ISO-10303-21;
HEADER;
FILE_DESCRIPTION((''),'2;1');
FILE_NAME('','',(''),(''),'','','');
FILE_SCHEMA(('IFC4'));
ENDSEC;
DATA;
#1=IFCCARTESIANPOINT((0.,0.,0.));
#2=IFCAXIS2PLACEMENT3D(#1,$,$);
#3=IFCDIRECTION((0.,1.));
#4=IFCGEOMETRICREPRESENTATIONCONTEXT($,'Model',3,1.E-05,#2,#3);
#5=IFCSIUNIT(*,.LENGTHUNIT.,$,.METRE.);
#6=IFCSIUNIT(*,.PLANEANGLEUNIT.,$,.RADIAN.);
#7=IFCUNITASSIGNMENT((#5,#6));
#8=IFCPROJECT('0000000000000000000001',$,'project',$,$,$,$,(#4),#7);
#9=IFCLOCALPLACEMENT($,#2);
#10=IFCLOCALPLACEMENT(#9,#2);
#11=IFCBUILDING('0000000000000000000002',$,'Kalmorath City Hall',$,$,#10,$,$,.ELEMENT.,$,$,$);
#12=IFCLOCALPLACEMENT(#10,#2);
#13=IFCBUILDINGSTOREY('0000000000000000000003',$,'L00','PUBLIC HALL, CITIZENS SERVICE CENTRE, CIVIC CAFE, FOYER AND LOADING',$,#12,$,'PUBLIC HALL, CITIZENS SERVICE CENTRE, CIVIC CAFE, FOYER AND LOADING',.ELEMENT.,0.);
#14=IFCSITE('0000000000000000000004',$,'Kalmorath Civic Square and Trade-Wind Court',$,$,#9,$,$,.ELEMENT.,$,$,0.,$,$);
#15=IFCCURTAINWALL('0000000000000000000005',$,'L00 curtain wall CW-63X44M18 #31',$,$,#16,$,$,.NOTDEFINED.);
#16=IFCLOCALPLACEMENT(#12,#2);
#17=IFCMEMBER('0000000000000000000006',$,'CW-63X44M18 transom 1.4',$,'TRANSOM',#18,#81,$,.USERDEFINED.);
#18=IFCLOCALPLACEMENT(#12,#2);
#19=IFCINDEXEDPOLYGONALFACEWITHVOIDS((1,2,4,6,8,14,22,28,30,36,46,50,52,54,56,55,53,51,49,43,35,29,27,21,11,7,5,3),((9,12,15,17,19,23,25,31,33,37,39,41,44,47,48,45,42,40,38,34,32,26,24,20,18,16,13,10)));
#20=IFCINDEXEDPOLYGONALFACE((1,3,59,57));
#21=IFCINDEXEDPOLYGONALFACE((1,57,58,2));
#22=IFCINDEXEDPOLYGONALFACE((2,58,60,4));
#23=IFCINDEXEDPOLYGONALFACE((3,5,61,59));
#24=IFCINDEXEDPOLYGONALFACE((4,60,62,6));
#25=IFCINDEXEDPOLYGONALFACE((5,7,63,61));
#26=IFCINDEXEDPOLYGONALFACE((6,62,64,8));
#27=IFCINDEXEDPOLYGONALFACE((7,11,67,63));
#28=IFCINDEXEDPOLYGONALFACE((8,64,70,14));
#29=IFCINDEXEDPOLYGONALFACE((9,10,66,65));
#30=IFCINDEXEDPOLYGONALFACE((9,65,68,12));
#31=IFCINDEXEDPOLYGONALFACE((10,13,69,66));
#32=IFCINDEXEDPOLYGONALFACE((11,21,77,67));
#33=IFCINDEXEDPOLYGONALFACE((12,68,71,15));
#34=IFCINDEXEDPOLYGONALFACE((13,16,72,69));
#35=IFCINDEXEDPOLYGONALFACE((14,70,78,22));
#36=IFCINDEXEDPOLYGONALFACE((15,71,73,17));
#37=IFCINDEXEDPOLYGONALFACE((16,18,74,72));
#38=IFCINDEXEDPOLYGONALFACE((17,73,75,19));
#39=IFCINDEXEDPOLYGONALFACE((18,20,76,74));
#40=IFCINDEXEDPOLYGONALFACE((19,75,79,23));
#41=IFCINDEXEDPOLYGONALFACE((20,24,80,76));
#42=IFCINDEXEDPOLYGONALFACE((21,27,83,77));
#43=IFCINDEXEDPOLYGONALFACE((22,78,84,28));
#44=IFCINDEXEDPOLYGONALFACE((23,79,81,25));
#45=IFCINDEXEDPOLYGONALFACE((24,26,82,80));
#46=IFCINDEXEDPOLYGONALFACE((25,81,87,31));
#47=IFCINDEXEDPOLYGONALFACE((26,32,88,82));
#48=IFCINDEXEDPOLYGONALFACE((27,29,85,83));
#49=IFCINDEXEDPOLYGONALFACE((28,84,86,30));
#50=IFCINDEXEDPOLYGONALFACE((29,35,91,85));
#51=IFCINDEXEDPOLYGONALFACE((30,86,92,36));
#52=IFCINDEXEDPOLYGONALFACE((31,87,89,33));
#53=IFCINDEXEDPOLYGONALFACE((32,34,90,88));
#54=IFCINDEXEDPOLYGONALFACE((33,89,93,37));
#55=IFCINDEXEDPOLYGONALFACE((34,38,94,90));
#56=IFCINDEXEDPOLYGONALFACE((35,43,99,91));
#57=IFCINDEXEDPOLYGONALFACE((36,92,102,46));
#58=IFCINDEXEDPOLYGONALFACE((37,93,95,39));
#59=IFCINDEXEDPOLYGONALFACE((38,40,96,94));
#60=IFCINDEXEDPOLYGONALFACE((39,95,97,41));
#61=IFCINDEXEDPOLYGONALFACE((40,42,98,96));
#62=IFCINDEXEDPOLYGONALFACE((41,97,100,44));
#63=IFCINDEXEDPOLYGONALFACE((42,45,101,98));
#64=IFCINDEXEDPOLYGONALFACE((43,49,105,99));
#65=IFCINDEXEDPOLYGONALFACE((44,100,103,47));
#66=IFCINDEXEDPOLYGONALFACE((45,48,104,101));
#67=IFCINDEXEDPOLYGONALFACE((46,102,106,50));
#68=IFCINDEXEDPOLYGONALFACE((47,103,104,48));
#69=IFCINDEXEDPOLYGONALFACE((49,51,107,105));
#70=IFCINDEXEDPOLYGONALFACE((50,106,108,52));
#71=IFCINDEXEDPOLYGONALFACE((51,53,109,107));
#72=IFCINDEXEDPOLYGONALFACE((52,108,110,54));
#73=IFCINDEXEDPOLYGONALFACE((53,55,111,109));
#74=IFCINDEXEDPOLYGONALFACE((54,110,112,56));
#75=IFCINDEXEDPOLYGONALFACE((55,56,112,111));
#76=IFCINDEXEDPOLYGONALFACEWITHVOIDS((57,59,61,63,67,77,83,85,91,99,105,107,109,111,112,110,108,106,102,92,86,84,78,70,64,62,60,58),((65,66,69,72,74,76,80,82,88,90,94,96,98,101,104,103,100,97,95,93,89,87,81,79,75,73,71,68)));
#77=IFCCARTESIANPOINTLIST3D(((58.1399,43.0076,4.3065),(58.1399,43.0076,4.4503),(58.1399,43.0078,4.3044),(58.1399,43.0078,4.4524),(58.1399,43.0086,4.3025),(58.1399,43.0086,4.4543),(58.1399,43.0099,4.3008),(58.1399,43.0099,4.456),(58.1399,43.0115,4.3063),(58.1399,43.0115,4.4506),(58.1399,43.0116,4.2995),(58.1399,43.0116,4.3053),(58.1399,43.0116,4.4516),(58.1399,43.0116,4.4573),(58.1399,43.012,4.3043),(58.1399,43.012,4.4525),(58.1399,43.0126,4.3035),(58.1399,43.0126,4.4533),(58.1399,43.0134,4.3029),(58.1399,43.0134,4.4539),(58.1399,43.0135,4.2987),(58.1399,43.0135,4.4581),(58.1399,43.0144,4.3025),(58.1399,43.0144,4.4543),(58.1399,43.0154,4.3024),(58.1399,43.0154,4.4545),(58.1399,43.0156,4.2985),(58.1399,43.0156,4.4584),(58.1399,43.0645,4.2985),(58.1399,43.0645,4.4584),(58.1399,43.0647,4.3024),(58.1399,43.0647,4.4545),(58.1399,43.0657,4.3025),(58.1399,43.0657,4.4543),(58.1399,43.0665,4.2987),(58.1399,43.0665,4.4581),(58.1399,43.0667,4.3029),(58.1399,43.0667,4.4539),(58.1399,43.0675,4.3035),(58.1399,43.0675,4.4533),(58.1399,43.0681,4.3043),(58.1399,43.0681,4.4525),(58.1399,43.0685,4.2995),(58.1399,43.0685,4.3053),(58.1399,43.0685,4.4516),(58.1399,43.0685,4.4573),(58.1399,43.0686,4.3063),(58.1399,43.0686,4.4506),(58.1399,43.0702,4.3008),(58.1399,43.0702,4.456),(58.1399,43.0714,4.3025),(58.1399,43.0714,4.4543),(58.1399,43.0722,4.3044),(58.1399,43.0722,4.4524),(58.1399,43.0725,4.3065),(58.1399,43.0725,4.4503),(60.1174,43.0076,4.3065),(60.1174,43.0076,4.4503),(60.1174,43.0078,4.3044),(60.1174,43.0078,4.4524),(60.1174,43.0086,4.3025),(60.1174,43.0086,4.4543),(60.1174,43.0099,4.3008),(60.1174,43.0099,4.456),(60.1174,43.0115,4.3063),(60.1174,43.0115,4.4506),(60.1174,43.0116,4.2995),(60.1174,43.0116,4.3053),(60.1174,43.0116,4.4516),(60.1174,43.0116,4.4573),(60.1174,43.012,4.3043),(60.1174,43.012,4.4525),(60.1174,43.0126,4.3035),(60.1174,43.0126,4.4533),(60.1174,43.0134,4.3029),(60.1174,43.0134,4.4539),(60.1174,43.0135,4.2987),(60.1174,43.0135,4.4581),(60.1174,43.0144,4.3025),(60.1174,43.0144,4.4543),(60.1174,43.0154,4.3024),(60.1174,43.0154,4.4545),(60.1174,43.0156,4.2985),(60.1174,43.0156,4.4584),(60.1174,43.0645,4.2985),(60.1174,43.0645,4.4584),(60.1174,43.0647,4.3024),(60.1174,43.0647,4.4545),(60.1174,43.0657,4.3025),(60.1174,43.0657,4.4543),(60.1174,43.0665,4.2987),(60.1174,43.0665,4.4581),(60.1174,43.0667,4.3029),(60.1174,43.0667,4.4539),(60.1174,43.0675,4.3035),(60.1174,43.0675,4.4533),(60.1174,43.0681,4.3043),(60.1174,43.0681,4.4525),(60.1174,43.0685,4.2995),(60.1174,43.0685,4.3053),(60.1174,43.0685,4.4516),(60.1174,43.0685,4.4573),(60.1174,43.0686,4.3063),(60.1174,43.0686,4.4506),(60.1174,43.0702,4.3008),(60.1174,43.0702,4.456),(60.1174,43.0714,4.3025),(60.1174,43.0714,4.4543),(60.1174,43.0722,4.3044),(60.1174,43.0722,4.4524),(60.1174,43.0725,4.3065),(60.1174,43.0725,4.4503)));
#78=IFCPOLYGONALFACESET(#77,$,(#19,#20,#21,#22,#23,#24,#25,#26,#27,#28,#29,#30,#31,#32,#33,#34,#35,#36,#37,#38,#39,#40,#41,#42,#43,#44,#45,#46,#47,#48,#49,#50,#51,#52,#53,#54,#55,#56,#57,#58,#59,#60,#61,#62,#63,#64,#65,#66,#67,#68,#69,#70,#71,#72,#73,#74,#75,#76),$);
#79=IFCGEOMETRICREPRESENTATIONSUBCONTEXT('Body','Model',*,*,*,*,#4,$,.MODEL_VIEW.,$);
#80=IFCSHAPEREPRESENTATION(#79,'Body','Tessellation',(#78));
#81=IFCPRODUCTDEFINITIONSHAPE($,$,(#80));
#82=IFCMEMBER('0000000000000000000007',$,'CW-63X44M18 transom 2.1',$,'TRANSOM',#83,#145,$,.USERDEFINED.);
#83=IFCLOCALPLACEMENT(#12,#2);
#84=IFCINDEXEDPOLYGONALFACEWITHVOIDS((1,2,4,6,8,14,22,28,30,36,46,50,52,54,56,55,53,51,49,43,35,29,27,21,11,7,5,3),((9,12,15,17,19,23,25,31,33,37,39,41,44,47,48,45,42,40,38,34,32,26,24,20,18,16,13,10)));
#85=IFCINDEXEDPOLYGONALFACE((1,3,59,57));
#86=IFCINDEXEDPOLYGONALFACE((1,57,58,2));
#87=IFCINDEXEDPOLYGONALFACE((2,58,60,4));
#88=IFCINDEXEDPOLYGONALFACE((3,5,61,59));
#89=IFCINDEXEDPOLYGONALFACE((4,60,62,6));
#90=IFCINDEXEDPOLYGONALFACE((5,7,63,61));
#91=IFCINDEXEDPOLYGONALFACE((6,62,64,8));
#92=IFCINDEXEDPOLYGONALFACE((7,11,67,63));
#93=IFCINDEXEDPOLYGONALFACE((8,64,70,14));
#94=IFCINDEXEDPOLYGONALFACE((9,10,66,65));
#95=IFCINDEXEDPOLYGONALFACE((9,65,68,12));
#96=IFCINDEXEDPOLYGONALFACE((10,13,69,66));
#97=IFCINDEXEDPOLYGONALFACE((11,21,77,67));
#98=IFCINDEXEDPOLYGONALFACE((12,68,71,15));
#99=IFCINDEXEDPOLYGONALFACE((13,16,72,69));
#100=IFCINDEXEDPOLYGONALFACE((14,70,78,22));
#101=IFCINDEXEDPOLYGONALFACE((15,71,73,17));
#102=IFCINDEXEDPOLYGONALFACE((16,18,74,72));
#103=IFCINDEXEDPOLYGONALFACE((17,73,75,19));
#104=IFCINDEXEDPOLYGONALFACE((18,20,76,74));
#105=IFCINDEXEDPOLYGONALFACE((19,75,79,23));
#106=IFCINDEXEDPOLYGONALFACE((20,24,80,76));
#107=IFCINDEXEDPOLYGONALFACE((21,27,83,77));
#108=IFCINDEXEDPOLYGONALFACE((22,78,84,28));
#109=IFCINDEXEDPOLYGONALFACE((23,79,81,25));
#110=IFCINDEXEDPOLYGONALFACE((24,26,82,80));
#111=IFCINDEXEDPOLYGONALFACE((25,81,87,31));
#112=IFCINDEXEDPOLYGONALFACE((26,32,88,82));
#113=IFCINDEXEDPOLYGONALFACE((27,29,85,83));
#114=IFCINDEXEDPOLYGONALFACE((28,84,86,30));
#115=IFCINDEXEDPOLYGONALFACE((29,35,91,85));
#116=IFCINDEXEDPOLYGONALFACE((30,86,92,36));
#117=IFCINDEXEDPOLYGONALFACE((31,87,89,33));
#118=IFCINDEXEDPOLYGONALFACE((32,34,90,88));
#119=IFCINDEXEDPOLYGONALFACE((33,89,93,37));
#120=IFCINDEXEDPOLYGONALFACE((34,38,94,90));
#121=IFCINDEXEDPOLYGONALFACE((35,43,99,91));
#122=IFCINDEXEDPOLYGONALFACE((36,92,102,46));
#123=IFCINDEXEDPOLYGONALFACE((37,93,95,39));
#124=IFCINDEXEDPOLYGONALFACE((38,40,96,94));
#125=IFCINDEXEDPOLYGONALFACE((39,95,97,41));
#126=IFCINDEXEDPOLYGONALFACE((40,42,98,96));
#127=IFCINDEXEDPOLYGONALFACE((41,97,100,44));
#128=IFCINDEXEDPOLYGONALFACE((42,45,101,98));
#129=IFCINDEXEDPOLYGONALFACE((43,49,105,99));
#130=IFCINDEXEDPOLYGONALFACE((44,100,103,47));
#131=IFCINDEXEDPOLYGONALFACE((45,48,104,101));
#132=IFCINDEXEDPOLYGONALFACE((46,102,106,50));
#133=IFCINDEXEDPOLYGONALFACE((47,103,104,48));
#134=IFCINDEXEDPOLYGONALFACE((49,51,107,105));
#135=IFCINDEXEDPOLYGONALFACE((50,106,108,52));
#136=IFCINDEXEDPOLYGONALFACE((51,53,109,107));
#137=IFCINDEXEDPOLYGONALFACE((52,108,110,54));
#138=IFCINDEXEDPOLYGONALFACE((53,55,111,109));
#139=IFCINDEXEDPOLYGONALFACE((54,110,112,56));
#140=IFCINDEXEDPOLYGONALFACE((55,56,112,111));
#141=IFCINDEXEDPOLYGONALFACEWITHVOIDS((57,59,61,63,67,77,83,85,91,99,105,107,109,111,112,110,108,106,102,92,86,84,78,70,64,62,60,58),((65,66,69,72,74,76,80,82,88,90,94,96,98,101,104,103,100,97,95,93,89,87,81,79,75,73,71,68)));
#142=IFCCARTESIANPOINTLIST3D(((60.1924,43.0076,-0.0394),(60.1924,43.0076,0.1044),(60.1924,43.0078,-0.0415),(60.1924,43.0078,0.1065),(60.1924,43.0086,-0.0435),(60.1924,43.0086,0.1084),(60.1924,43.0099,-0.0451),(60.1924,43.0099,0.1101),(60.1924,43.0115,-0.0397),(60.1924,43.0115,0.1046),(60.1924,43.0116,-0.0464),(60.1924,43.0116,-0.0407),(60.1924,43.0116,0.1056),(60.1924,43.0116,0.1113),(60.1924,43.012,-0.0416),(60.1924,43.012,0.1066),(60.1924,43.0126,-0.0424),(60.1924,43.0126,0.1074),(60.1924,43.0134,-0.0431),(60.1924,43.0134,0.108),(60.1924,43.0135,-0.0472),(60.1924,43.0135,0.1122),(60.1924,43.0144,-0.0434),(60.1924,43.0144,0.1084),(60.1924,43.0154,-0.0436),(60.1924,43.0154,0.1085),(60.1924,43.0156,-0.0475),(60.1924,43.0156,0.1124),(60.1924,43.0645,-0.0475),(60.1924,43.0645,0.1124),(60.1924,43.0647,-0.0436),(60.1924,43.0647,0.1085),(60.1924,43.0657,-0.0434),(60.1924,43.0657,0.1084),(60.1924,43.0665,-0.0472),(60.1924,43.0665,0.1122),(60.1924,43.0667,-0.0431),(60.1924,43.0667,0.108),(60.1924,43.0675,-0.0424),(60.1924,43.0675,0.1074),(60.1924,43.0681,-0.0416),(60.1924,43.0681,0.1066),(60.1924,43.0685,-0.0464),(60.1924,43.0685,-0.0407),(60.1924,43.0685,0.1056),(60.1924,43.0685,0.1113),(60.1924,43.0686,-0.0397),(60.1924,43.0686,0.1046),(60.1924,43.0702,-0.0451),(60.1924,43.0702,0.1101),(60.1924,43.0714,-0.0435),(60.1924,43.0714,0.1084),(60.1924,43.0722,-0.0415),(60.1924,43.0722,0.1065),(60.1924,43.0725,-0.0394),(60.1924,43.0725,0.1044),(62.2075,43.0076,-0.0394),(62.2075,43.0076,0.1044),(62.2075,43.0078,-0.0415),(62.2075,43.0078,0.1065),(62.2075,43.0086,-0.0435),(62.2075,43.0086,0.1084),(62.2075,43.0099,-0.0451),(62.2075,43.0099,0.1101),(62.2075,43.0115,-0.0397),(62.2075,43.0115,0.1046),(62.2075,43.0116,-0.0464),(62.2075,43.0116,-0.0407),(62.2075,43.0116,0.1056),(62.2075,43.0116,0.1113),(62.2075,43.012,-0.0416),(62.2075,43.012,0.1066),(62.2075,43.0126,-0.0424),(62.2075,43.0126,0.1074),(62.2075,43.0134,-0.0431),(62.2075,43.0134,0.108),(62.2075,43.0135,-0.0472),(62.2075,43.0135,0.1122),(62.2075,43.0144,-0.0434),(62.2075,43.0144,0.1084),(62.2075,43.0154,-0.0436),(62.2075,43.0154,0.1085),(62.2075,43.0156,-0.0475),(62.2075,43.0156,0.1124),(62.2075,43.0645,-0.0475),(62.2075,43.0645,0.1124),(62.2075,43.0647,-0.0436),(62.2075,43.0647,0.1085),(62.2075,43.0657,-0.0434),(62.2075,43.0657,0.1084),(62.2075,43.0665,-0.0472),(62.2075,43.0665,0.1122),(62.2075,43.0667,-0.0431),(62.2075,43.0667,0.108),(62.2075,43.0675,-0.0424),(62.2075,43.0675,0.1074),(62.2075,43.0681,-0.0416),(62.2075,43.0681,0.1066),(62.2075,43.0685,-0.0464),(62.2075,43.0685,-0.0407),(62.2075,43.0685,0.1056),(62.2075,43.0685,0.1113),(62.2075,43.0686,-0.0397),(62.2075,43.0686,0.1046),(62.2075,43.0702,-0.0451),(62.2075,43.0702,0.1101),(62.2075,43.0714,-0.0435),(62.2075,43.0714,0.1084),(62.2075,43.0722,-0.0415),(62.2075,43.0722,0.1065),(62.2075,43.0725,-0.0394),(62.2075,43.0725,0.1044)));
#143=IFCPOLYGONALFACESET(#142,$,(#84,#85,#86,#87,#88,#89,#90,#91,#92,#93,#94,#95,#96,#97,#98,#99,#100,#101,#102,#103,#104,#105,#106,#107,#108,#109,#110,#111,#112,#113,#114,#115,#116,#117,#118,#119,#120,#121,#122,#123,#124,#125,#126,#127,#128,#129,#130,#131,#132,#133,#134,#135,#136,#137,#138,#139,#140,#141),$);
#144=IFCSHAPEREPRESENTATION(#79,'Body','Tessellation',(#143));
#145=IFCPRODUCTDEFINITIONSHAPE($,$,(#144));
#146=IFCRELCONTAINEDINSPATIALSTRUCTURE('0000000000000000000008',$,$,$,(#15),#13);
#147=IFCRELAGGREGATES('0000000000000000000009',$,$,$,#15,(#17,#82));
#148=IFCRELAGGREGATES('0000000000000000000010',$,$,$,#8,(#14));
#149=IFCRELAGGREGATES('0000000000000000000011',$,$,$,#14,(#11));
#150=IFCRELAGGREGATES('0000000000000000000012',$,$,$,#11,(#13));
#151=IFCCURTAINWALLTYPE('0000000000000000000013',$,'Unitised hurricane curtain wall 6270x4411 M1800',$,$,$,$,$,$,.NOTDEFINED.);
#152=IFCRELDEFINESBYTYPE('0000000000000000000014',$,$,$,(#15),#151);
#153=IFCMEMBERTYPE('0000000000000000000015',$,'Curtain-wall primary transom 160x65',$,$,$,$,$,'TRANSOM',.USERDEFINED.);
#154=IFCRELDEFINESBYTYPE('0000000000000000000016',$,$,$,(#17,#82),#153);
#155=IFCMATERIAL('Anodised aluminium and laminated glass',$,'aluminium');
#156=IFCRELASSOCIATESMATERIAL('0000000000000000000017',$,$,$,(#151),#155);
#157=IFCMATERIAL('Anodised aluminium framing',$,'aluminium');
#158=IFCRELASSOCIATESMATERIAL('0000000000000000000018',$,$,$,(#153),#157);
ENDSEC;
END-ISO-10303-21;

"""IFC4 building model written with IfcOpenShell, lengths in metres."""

from ifc_helpers import new_model, si_unit, direction, frame, origin, origin_2d, place, context, subcontext, project, spatial, hollow_rectangle, extrude, material, material_profile, profile_set, type_object, element, aggregate, save


model = new_model("IFC4")

# Units and contexts
model_context = context("Model", 3, precision=1e-05, world=origin(), true_north=direction((0.0, 1.0)))
body_context = subcontext(model_context, "Body", "Model", "MODEL_VIEW")
ifc_project = project(units=[si_unit("LENGTHUNIT", "METRE"), si_unit("PLANEANGLEUNIT", "RADIAN")], contexts=[model_context])

# Site, building, storey
site_placement = place(None, origin())
site = spatial("IfcSite", under=ifc_project, at=site_placement, Name="Kalmorath Civic Square and Trade-Wind Court", CompositionType="ELEMENT", RefElevation=0.0)
building_placement = place(site_placement, origin())
building = spatial("IfcBuilding", under=site, at=building_placement, Name="Kalmorath City Hall", CompositionType="ELEMENT")
storey_placement = place(building_placement, origin())
storey = spatial("IfcBuildingStorey", under=building, at=storey_placement, Name="L00", Description="PUBLIC HALL, CITIZENS SERVICE CENTRE, CIVIC CAFE, FOYER AND LOADING", LongName="PUBLIC HALL, CITIZENS SERVICE CENTRE, CIVIC CAFE, FOYER AND LOADING", CompositionType="ELEMENT", Elevation=0.0)

# Curtain wall, members
ifc_material_1 = material(Name="Anodised aluminium and laminated glass", Category="aluminium")
curtain_wall_type_1 = type_object("IfcCurtainWallType", Name="Unitised hurricane curtain wall 6270x4411 M1800", PredefinedType="NOTDEFINED", material=ifc_material_1)
curtain_wall_1_placement = place(storey_placement, origin())
curtain_wall_1 = element("IfcCurtainWall", 1, at=curtain_wall_1_placement, inside=storey, type_object=curtain_wall_type_1, Name="L00 curtain wall CW-63X44M18 #31", PredefinedType="NOTDEFINED")
ifc_material_2 = material(Name="Anodised aluminium framing", Category="aluminium")
ifc_material_profile_1 = material_profile(ifc_material_2, hollow_rectangle(XDim=0.0649, YDim=0.1599, WallThickness=0.0039, InnerFilletRadius=0.0039, OuterFilletRadius=0.0081, at=origin_2d()), Name="ALU-TRN-160X65X4")
ifc_profile_set_1 = profile_set([ifc_material_profile_1], Name="Anodised aluminium framing")
member_type_1 = type_object("IfcMemberType", Name="Curtain-wall primary transom 160x65", ElementType="TRANSOM", PredefinedType="USERDEFINED", material=ifc_profile_set_1)
member_1_placement = place(storey_placement, frame((58.1399, 43.04, 4.3784), z_axis=(1.0, 0.0, 0.0), x_axis=(0.0, 1.0, 0.0)))
member_1 = element("IfcMember", 2, at=member_1_placement, type_object=member_type_1, Name="CW-63X44M18 transom 1.4", ObjectType="TRANSOM", PredefinedType="USERDEFINED", context=body_context, shape_type="SweptSolid", body=[
    extrude(hollow_rectangle(XDim=0.0649, YDim=0.1599, WallThickness=0.0039, InnerFilletRadius=0.0039, OuterFilletRadius=0.0081, at=origin_2d()), origin(), (0.0, 0.0, 1.0), 1.9775),
])
member_2_placement = place(storey_placement, frame((60.1924, 43.04, 0.0325), z_axis=(1.0, 0.0, 0.0), x_axis=(0.0, 1.0, 0.0)))
member_2 = element("IfcMember", 3, at=member_2_placement, type_object=member_type_1, Name="CW-63X44M18 transom 2.1", ObjectType="TRANSOM", PredefinedType="USERDEFINED", context=body_context, shape_type="SweptSolid", body=[
    extrude(hollow_rectangle(XDim=0.0649, YDim=0.1599, WallThickness=0.0039, InnerFilletRadius=0.0039, OuterFilletRadius=0.0081, at=origin_2d()), origin(), (0.0, 0.0, 1.0), 2.0151),
])

aggregate(curtain_wall_1, [member_1, member_2])

save(model, "model.ifc")
